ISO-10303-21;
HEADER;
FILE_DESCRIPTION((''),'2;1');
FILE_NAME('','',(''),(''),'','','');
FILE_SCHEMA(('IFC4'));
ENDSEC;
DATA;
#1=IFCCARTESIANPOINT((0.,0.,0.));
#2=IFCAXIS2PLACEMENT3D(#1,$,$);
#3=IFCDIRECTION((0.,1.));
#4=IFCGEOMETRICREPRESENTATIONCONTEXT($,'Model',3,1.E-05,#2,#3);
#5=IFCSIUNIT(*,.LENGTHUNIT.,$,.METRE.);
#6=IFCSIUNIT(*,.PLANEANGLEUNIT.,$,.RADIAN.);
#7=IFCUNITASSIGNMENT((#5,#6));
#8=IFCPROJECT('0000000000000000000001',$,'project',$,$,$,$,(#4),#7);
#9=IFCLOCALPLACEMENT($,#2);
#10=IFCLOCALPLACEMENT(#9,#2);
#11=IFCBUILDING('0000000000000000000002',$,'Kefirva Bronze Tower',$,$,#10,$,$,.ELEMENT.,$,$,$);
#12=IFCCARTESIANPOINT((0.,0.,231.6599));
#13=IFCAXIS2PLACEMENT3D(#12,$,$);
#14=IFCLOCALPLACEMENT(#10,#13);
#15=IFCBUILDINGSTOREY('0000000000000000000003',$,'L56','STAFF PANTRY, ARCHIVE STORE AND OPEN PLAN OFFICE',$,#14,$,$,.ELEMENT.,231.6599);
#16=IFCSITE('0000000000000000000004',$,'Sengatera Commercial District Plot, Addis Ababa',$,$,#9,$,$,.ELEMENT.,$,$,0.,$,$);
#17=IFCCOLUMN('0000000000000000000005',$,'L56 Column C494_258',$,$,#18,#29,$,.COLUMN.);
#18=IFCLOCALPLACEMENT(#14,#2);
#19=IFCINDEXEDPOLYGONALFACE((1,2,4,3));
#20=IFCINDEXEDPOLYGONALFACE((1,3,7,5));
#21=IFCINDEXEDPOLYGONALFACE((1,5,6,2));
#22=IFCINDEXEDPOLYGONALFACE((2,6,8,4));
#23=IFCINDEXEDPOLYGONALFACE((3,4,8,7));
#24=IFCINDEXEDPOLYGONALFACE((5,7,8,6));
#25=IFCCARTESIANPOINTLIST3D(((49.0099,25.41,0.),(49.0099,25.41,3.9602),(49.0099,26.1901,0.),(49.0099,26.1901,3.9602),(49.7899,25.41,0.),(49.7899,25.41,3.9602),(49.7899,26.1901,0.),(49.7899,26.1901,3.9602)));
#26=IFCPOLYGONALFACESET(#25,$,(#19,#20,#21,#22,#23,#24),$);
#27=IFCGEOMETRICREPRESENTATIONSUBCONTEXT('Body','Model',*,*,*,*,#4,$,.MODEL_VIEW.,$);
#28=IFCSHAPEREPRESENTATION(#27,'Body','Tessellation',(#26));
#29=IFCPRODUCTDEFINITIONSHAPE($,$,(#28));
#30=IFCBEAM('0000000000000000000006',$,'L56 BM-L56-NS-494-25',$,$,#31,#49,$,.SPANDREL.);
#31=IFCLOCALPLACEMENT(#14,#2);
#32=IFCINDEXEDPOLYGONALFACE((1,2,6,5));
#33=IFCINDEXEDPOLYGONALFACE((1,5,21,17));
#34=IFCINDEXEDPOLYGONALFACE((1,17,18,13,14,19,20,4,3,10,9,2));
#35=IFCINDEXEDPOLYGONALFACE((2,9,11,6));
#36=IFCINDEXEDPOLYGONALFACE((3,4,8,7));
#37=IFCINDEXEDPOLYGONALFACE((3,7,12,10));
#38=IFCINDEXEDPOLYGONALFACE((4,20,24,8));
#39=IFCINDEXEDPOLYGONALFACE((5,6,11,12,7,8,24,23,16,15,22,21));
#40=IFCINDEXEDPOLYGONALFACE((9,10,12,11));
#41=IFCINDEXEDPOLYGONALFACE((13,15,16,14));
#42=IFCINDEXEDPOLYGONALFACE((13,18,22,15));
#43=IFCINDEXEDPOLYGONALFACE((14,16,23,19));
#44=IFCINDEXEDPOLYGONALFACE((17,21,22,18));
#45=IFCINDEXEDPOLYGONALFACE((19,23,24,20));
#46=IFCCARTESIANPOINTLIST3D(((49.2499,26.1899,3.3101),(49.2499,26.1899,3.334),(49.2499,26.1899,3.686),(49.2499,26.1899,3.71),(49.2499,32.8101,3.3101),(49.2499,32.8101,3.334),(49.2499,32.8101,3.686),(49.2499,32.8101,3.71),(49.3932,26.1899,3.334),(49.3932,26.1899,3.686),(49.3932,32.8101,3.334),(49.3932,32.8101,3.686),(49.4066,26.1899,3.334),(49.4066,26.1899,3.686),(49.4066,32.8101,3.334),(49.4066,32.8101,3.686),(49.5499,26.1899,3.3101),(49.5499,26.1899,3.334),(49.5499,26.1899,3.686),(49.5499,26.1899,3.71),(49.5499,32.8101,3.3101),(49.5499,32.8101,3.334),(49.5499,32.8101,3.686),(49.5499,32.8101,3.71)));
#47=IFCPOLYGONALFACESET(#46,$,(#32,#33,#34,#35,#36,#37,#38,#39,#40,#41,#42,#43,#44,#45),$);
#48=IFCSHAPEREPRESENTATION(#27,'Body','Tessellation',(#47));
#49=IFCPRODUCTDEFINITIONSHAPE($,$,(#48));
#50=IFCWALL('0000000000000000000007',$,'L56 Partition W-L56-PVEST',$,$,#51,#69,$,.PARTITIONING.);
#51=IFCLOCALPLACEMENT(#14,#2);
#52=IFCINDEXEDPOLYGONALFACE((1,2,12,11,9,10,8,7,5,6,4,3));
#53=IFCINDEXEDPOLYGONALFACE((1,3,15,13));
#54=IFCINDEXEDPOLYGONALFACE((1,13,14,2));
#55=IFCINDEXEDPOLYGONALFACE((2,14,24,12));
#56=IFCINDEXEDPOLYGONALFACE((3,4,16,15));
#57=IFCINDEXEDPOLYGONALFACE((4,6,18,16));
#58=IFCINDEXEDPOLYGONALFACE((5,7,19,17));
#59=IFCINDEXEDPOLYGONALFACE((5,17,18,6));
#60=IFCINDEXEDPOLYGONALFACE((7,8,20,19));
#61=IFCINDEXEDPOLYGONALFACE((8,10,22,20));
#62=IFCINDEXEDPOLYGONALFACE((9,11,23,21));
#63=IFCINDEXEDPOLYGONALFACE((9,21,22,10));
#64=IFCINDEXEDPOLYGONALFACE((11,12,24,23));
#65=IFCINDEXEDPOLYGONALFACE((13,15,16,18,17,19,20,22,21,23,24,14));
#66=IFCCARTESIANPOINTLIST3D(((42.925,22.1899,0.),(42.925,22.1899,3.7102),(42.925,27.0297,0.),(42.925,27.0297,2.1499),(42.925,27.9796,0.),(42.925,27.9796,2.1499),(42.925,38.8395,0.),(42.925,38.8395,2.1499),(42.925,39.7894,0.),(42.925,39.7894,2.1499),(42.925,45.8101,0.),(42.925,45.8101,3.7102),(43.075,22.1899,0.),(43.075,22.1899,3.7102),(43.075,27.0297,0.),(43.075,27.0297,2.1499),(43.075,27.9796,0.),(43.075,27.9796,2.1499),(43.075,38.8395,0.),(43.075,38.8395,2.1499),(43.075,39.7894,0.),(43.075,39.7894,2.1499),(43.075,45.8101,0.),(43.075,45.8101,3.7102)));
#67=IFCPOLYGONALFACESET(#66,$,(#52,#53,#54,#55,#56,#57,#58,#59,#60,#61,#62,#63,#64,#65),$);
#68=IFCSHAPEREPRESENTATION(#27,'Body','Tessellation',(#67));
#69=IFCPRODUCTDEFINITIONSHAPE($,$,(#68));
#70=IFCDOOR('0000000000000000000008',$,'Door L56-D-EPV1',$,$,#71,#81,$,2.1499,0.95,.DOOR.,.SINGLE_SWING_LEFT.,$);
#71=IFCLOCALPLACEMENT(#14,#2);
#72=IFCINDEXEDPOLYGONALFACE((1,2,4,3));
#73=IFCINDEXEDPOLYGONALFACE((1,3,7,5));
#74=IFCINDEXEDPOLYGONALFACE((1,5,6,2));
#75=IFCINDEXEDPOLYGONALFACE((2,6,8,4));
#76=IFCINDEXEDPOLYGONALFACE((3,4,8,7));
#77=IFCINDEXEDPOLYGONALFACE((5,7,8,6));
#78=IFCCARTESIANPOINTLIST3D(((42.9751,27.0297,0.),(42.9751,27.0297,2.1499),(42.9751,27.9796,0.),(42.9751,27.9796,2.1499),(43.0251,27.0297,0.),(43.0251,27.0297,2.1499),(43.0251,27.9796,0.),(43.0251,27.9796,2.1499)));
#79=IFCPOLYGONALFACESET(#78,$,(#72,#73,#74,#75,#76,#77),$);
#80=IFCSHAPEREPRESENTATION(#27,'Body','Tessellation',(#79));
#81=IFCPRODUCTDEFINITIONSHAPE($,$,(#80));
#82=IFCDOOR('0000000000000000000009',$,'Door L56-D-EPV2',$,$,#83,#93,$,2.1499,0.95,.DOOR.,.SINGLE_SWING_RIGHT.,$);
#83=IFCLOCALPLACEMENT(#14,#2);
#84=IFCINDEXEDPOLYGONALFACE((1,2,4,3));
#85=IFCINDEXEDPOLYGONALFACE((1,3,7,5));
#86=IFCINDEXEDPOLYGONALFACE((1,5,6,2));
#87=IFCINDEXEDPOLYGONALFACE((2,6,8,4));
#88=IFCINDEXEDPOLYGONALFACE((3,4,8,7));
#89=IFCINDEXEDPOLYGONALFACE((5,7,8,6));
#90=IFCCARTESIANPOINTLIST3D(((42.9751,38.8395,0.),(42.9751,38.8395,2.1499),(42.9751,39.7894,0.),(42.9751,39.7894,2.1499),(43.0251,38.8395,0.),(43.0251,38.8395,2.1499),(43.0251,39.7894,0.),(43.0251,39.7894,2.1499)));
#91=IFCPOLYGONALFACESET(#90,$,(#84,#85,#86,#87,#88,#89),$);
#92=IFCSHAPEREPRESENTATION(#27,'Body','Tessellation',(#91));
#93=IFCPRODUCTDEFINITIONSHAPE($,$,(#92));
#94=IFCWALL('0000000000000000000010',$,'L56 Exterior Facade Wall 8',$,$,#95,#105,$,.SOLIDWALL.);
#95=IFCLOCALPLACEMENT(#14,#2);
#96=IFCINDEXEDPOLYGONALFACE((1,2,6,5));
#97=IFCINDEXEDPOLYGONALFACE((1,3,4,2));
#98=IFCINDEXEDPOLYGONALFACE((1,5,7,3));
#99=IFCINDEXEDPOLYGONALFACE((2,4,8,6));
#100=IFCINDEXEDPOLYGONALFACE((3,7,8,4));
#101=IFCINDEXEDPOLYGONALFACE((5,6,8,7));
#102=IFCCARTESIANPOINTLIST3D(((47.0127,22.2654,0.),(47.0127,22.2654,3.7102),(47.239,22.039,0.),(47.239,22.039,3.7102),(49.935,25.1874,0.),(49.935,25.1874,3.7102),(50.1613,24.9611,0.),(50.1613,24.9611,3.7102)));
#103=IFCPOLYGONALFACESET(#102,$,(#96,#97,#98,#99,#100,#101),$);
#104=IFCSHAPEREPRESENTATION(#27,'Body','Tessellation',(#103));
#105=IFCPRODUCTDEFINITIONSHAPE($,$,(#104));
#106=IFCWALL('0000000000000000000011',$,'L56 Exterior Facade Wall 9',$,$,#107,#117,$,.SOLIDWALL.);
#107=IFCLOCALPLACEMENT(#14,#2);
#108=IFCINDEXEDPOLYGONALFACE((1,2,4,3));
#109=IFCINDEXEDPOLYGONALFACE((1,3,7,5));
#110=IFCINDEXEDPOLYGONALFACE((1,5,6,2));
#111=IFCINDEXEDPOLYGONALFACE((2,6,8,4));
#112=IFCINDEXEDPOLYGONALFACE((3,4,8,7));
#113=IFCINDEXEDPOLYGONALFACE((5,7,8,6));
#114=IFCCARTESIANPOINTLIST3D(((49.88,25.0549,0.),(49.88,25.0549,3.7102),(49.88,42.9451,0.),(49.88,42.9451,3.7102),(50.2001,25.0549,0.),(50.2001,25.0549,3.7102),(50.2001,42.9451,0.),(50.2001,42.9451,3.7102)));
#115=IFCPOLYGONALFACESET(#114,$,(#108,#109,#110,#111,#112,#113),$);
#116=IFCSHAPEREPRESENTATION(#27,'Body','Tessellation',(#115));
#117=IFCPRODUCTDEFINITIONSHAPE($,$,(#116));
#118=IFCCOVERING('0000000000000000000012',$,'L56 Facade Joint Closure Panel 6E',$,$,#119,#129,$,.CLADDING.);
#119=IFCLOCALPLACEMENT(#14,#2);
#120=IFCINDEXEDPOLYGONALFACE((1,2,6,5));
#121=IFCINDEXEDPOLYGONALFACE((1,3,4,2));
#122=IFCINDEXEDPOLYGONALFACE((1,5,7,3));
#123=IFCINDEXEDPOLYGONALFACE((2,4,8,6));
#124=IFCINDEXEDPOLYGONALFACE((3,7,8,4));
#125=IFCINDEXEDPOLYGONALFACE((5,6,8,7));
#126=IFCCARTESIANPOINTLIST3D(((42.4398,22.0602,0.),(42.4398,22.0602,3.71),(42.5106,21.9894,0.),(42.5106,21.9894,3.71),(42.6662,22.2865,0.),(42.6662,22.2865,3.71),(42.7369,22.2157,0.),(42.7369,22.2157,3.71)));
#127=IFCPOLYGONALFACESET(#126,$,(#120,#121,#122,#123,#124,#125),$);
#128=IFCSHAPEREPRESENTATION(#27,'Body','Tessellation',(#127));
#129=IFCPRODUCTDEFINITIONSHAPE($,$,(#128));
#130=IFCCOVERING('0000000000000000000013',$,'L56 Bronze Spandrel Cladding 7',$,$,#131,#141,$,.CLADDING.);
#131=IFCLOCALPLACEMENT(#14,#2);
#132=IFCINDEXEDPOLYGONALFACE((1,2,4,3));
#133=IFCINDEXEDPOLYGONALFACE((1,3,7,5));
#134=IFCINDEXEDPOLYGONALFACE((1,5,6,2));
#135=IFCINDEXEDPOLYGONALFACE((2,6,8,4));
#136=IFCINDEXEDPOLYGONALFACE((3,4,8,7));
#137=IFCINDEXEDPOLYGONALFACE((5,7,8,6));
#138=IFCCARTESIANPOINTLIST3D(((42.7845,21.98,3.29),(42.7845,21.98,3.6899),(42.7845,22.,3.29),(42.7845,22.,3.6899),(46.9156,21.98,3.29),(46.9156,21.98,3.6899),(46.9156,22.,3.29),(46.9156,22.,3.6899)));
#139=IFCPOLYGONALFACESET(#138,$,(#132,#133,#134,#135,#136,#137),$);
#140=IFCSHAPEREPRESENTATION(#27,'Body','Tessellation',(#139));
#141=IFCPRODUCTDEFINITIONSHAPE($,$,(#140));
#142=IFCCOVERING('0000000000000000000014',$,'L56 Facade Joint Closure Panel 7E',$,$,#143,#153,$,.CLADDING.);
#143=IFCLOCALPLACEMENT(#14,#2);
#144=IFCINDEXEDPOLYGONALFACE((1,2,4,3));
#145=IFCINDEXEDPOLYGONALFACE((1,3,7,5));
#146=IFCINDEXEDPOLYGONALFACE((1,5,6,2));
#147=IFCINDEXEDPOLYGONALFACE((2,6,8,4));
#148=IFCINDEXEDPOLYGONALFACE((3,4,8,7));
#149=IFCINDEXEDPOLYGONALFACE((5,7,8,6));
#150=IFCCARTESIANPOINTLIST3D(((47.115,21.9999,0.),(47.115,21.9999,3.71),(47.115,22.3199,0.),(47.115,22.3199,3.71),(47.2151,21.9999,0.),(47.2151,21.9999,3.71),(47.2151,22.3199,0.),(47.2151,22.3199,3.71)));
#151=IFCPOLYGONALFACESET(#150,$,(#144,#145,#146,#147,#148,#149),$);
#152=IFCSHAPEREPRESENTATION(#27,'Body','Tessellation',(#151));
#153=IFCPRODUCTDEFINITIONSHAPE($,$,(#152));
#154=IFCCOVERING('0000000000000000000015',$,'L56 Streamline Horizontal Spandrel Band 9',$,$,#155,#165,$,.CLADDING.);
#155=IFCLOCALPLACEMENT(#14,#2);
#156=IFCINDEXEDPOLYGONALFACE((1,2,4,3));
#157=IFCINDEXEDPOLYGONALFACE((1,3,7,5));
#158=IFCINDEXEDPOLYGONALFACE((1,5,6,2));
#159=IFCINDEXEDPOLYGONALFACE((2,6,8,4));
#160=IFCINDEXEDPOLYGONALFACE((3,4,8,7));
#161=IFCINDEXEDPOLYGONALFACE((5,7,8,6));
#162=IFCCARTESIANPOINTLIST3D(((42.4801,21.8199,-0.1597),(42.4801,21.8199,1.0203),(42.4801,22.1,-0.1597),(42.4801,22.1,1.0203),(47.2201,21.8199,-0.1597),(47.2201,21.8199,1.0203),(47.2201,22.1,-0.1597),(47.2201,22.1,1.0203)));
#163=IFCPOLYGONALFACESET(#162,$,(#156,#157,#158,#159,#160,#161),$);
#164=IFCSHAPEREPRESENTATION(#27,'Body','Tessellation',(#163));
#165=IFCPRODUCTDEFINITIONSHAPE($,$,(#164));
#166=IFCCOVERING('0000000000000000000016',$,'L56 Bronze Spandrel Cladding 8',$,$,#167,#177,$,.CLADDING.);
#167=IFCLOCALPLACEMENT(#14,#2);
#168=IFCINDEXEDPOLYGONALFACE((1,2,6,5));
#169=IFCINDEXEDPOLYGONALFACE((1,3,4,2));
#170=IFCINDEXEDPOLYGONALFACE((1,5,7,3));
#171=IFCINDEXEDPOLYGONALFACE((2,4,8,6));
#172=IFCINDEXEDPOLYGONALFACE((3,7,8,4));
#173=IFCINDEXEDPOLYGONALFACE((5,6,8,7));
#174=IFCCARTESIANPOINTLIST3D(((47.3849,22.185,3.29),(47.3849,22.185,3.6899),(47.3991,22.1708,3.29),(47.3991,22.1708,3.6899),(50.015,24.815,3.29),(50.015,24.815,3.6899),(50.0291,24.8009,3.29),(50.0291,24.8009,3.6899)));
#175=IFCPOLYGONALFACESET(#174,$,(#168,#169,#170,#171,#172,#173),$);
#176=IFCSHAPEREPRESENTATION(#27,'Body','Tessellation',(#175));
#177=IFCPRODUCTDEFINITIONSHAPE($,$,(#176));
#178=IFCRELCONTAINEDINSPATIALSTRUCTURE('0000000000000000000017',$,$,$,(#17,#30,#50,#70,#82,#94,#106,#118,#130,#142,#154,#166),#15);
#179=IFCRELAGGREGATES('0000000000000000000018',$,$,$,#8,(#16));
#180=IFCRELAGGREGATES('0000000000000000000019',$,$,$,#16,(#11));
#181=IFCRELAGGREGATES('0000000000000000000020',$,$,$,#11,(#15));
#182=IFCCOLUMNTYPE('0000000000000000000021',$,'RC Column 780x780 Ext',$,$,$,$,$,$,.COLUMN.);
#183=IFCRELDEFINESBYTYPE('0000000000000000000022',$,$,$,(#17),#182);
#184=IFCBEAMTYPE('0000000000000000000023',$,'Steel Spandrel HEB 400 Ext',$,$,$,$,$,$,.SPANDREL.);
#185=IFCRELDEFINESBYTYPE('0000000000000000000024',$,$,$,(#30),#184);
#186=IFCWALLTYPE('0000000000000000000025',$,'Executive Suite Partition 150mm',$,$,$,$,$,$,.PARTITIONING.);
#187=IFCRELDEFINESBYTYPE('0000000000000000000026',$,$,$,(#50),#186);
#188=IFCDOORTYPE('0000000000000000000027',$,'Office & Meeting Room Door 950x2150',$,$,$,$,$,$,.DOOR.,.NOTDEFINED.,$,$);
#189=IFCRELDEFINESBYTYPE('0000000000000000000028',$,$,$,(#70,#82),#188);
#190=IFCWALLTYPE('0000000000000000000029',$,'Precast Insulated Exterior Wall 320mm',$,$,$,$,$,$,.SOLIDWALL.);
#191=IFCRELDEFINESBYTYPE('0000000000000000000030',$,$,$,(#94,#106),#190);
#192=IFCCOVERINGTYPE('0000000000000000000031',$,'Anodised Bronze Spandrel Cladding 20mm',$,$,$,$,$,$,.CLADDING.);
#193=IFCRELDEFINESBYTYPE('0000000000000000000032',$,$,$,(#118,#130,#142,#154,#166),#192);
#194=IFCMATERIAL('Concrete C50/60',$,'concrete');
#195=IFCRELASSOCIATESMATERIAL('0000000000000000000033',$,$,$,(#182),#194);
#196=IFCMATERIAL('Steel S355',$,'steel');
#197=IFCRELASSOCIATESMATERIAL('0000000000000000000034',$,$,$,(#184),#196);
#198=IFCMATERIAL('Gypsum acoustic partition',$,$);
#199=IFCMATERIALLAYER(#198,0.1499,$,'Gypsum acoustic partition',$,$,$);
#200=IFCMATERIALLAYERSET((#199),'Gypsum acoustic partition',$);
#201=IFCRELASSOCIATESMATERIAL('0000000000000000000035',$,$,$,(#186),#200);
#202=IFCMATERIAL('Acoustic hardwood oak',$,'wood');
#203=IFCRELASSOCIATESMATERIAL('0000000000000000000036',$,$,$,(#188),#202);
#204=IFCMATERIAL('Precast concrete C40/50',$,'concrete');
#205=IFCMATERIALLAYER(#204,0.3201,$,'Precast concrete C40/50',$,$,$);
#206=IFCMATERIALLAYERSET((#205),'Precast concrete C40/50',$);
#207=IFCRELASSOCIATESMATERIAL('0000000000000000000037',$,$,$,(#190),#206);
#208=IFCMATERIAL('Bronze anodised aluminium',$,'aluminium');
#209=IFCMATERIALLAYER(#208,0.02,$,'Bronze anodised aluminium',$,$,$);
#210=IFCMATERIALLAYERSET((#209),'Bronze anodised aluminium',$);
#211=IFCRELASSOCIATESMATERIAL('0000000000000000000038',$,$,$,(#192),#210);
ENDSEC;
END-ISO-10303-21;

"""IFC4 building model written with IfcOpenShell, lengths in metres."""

from ifc_helpers import new_model, si_unit, direction, frame, frame_2d, origin, origin_2d, place, context, subcontext, project, spatial, rectangle, i_section, extrude, material, layer, layer_set, material_profile, profile_set, type_object, element, fill, save


model = new_model("IFC4")

# Units and contexts
model_context = context("Model", 3, precision=1e-05, world=origin(), true_north=direction((0.0, 1.0)))
body_context = subcontext(model_context, "Body", "Model", "MODEL_VIEW")
ifc_project = project(units=[si_unit("LENGTHUNIT", "METRE"), si_unit("PLANEANGLEUNIT", "RADIAN")], contexts=[model_context])

# Site, building, storey
site_placement = place(None, origin())
site = spatial("IfcSite", under=ifc_project, at=site_placement, Name="Sengatera Commercial District Plot, Addis Ababa", CompositionType="ELEMENT", RefElevation=0.0)
building_placement = place(site_placement, origin())
building = spatial("IfcBuilding", under=site, at=building_placement, Name="Kefirva Bronze Tower", CompositionType="ELEMENT")
storey_placement = place(building_placement, frame((0.0, 0.0, 231.6599)))
storey = spatial("IfcBuildingStorey", under=building, at=storey_placement, Name="L56", Description="STAFF PANTRY, ARCHIVE STORE AND OPEN PLAN OFFICE", CompositionType="ELEMENT", Elevation=231.6599)

# Column
ifc_material_1 = material(Name="Concrete C50/60", Category="concrete")
ifc_material_profile_1 = material_profile(ifc_material_1, rectangle(XDim=0.78, YDim=0.78, at=origin_2d()), Name="RC 780x780")
ifc_profile_set_1 = profile_set([ifc_material_profile_1], Name="Concrete C50/60")
column_type = type_object("IfcColumnType", Name="RC Column 780x780 Ext", PredefinedType="COLUMN", material=ifc_profile_set_1)
column_placement = place(storey_placement, frame((49.3999, 25.8, 0.0), z_axis=(0.0, 0.0, 1.0), x_axis=(1.0, 0.0, 0.0)))
element("IfcColumn", 1, at=column_placement, inside=storey, type_object=column_type, Name="L56 Column C494_258", PredefinedType="COLUMN", context=body_context, shape_type="SweptSolid", body=[
    extrude(rectangle(XDim=0.78, YDim=0.78, at=origin_2d()), origin(), (0.0, 0.0, 1.0), 3.9602),
])

# Beam
ifc_material_2 = material(Name="Steel S355", Category="steel")
ifc_material_profile_2 = material_profile(ifc_material_2, i_section(OverallWidth=0.3, OverallDepth=0.3999, WebThickness=0.0134, FlangeThickness=0.0239, at=origin_2d()), Name="HEB 400")
ifc_profile_set_2 = profile_set([ifc_material_profile_2], Name="Steel S355")
beam_type = type_object("IfcBeamType", Name="Steel Spandrel HEB 400 Ext", PredefinedType="SPANDREL", material=ifc_profile_set_2)
beam_placement = place(storey_placement, frame((49.3999, 26.1899, 3.51), z_axis=(0.0, 1.0, 0.0), x_axis=(-1.0, 0.0, 0.0)))
element("IfcBeam", 2, at=beam_placement, inside=storey, type_object=beam_type, Name="L56 BM-L56-NS-494-25", PredefinedType="SPANDREL", context=body_context, shape_type="SweptSolid", body=[
    extrude(i_section(OverallWidth=0.3, OverallDepth=0.3999, WebThickness=0.0134, FlangeThickness=0.0239, at=origin_2d()), origin(), (0.0, 0.0, 1.0), 6.6201),
])

# Wall, openings, doors
ifc_material_3 = material(Name="Gypsum acoustic partition")
ifc_layer_1 = layer(ifc_material_3, 0.1499, Name="Gypsum acoustic partition")
ifc_layer_set_1 = layer_set([ifc_layer_1], Name="Gypsum acoustic partition")
wall_type_1 = type_object("IfcWallType", Name="Executive Suite Partition 150mm", PredefinedType="PARTITIONING", material=ifc_layer_set_1)
wall_1_placement = place(storey_placement, frame((43.0, 22.1899, 0.0), z_axis=(0.0, 0.0, 1.0), x_axis=(0.0, 1.0, 0.0)))
wall_1 = element("IfcWall", 3, at=wall_1_placement, inside=storey, type_object=wall_type_1, Name="L56 Partition W-L56-PVEST", PredefinedType="PARTITIONING", context=body_context, shape_type="SweptSolid", body=[
    extrude(rectangle(XDim=23.6201, YDim=0.1499, at=frame_2d((11.8101, 0.0))), origin(), (0.0, 0.0, 1.0), 3.7102),
])
opening_1_placement = place(wall_1_placement, frame((4.8396, 0.0, 0.0)))
opening_1 = element("IfcOpeningElement", 4, at=opening_1_placement, cuts=wall_1, PredefinedType="OPENING", context=body_context, shape_type="SweptSolid", body=[
    extrude(rectangle(XDim=0.95, YDim=2.1499, at=frame_2d((0.4751, 1.075))), frame((0.0, 0.085, 0.0), z_axis=(0.0, -1.0, 0.0), x_axis=(1.0, 0.0, 0.0)), (0.0, 0.0, 1.0), 0.1699),
])
opening_2_placement = place(wall_1_placement, frame((16.6494, 0.0, 0.0)))
opening_2 = element("IfcOpeningElement", 5, at=opening_2_placement, cuts=wall_1, PredefinedType="OPENING", context=body_context, shape_type="SweptSolid", body=[
    extrude(rectangle(XDim=0.95, YDim=2.1499, at=frame_2d((0.4751, 1.075))), frame((0.0, 0.085, 0.0), z_axis=(0.0, -1.0, 0.0), x_axis=(1.0, 0.0, 0.0)), (0.0, 0.0, 1.0), 0.1699),
])
ifc_material_4 = material(Name="Acoustic hardwood oak", Category="wood")
door_type = type_object("IfcDoorType", Name="Office & Meeting Room Door 950x2150", OperationType="NOTDEFINED", PredefinedType="DOOR", material=ifc_material_4)
door_1_placement = place(opening_1_placement, origin())
door_1 = element("IfcDoor", 6, at=door_1_placement, inside=storey, type_object=door_type, Name="Door L56-D-EPV1", OperationType="SINGLE_SWING_LEFT", OverallHeight=2.1499, OverallWidth=0.95, PredefinedType="DOOR", context=body_context, shape_type="SweptSolid", body=[
    extrude(rectangle(XDim=0.95, YDim=2.1499, at=frame_2d((0.4751, 1.075))), frame((0.0, 0.0249, 0.0), z_axis=(0.0, -1.0, 0.0), x_axis=(1.0, 0.0, 0.0)), (0.0, 0.0, 1.0), 0.05),
])
fill(opening_1, door_1)
door_2_placement = place(opening_2_placement, origin())
door_2 = element("IfcDoor", 7, at=door_2_placement, inside=storey, type_object=door_type, Name="Door L56-D-EPV2", OperationType="SINGLE_SWING_RIGHT", OverallHeight=2.1499, OverallWidth=0.95, PredefinedType="DOOR", context=body_context, shape_type="SweptSolid", body=[
    extrude(rectangle(XDim=0.95, YDim=2.1499, at=frame_2d((0.4751, 1.075))), frame((0.0, 0.0249, 0.0), z_axis=(0.0, -1.0, 0.0), x_axis=(1.0, 0.0, 0.0)), (0.0, 0.0, 1.0), 0.05),
])
fill(opening_2, door_2)

# Walls
ifc_material_5 = material(Name="Precast concrete C40/50", Category="concrete")
ifc_layer_2 = layer(ifc_material_5, 0.3201, Name="Precast concrete C40/50")
ifc_layer_set_2 = layer_set([ifc_layer_2], Name="Precast concrete C40/50")
wall_type_2 = type_object("IfcWallType", Name="Precast Insulated Exterior Wall 320mm", PredefinedType="SOLIDWALL", material=ifc_layer_set_2)
wall_2_placement = place(storey_placement, frame((47.1257, 22.1521, 0.0), z_axis=(0.0, 0.0, 1.0), x_axis=(0.707136, 0.707077, 0.0)))
element("IfcWall", 8, at=wall_2_placement, inside=storey, type_object=wall_type_2, Name="L56 Exterior Facade Wall 8", PredefinedType="SOLIDWALL", context=body_context, shape_type="SweptSolid", body=[
    extrude(rectangle(XDim=4.1326, YDim=0.3201, at=frame_2d((2.0664, 0.0))), origin(), (0.0, 0.0, 1.0), 3.7102),
])
wall_3_placement = place(storey_placement, frame((50.04, 25.0549, 0.0), z_axis=(0.0, 0.0, 1.0), x_axis=(0.0, 1.0, 0.0)))
element("IfcWall", 9, at=wall_3_placement, inside=storey, type_object=wall_type_2, Name="L56 Exterior Facade Wall 9", PredefinedType="SOLIDWALL", context=body_context, shape_type="SweptSolid", body=[
    extrude(rectangle(XDim=17.8901, YDim=0.3201, at=frame_2d((8.9451, 0.0))), origin(), (0.0, 0.0, 1.0), 3.7102),
])

# Coverings
ifc_material_6 = material(Name="Bronze anodised aluminium", Category="aluminium")
ifc_layer_3 = layer(ifc_material_6, 0.02, Name="Bronze anodised aluminium")
ifc_layer_set_3 = layer_set([ifc_layer_3], Name="Bronze anodised aluminium")
covering_type_1 = type_object("IfcCoveringType", Name="Anodised Bronze Spandrel Cladding 20mm", PredefinedType="CLADDING", material=ifc_layer_set_3)
covering_1_placement = place(storey_placement, frame((42.5884, 22.1379, 0.0), z_axis=(0.0, 0.0, 1.0), x_axis=(0.707107, -0.707107, 0.0)))
element("IfcCovering", 10, at=covering_1_placement, inside=storey, type_object=covering_type_1, Name="L56 Facade Joint Closure Panel 6E", PredefinedType="CLADDING", context=body_context, shape_type="SweptSolid", body=[
    extrude(rectangle(XDim=0.1001, YDim=0.3201, at=origin_2d()), origin(), (0.0, 0.0, 1.0), 3.71),
])
covering_2_placement = place(storey_placement, frame((44.8501, 21.99, 3.29), z_axis=(0.0, 0.0, 1.0), x_axis=(1.0, 0.0, 0.0)))
element("IfcCovering", 11, at=covering_2_placement, inside=storey, type_object=covering_type_1, Name="L56 Bronze Spandrel Cladding 7", PredefinedType="CLADDING", context=body_context, shape_type="SweptSolid", body=[
    extrude(rectangle(XDim=4.1311, YDim=0.02, at=origin_2d()), origin(), (0.0, 0.0, 1.0), 0.3999),
])
covering_3_placement = place(storey_placement, frame((47.165, 22.1599, 0.0), z_axis=(0.0, 0.0, 1.0), x_axis=(1.0, 0.0, 0.0)))
element("IfcCovering", 12, at=covering_3_placement, inside=storey, type_object=covering_type_1, Name="L56 Facade Joint Closure Panel 7E", PredefinedType="CLADDING", context=body_context, shape_type="SweptSolid", body=[
    extrude(rectangle(XDim=0.1001, YDim=0.3201, at=origin_2d()), origin(), (0.0, 0.0, 1.0), 3.71),
])
covering_4_placement = place(storey_placement, frame((44.8501, 21.96, -0.1597), z_axis=(0.0, 0.0, 1.0), x_axis=(1.0, 0.0, 0.0)))
element("IfcCovering", 13, at=covering_4_placement, inside=storey, type_object=covering_type_1, Name="L56 Streamline Horizontal Spandrel Band 9", PredefinedType="CLADDING", context=body_context, shape_type="SweptSolid", body=[
    extrude(rectangle(XDim=4.74, YDim=0.28, at=origin_2d()), origin(), (0.0, 0.0, 1.0), 1.1799),
])
covering_5_placement = place(storey_placement, frame((48.707, 23.4929, 3.29), z_axis=(0.0, 0.0, 1.0), x_axis=(0.707107, 0.707107, 0.0)))
element("IfcCovering", 14, at=covering_5_placement, inside=storey, type_object=covering_type_1, Name="L56 Bronze Spandrel Cladding 8", PredefinedType="CLADDING", context=body_context, shape_type="SweptSolid", body=[
    extrude(rectangle(XDim=3.7195, YDim=0.02, at=origin_2d()), origin(), (0.0, 0.0, 1.0), 0.3999),
])

save(model, "model.ifc")
